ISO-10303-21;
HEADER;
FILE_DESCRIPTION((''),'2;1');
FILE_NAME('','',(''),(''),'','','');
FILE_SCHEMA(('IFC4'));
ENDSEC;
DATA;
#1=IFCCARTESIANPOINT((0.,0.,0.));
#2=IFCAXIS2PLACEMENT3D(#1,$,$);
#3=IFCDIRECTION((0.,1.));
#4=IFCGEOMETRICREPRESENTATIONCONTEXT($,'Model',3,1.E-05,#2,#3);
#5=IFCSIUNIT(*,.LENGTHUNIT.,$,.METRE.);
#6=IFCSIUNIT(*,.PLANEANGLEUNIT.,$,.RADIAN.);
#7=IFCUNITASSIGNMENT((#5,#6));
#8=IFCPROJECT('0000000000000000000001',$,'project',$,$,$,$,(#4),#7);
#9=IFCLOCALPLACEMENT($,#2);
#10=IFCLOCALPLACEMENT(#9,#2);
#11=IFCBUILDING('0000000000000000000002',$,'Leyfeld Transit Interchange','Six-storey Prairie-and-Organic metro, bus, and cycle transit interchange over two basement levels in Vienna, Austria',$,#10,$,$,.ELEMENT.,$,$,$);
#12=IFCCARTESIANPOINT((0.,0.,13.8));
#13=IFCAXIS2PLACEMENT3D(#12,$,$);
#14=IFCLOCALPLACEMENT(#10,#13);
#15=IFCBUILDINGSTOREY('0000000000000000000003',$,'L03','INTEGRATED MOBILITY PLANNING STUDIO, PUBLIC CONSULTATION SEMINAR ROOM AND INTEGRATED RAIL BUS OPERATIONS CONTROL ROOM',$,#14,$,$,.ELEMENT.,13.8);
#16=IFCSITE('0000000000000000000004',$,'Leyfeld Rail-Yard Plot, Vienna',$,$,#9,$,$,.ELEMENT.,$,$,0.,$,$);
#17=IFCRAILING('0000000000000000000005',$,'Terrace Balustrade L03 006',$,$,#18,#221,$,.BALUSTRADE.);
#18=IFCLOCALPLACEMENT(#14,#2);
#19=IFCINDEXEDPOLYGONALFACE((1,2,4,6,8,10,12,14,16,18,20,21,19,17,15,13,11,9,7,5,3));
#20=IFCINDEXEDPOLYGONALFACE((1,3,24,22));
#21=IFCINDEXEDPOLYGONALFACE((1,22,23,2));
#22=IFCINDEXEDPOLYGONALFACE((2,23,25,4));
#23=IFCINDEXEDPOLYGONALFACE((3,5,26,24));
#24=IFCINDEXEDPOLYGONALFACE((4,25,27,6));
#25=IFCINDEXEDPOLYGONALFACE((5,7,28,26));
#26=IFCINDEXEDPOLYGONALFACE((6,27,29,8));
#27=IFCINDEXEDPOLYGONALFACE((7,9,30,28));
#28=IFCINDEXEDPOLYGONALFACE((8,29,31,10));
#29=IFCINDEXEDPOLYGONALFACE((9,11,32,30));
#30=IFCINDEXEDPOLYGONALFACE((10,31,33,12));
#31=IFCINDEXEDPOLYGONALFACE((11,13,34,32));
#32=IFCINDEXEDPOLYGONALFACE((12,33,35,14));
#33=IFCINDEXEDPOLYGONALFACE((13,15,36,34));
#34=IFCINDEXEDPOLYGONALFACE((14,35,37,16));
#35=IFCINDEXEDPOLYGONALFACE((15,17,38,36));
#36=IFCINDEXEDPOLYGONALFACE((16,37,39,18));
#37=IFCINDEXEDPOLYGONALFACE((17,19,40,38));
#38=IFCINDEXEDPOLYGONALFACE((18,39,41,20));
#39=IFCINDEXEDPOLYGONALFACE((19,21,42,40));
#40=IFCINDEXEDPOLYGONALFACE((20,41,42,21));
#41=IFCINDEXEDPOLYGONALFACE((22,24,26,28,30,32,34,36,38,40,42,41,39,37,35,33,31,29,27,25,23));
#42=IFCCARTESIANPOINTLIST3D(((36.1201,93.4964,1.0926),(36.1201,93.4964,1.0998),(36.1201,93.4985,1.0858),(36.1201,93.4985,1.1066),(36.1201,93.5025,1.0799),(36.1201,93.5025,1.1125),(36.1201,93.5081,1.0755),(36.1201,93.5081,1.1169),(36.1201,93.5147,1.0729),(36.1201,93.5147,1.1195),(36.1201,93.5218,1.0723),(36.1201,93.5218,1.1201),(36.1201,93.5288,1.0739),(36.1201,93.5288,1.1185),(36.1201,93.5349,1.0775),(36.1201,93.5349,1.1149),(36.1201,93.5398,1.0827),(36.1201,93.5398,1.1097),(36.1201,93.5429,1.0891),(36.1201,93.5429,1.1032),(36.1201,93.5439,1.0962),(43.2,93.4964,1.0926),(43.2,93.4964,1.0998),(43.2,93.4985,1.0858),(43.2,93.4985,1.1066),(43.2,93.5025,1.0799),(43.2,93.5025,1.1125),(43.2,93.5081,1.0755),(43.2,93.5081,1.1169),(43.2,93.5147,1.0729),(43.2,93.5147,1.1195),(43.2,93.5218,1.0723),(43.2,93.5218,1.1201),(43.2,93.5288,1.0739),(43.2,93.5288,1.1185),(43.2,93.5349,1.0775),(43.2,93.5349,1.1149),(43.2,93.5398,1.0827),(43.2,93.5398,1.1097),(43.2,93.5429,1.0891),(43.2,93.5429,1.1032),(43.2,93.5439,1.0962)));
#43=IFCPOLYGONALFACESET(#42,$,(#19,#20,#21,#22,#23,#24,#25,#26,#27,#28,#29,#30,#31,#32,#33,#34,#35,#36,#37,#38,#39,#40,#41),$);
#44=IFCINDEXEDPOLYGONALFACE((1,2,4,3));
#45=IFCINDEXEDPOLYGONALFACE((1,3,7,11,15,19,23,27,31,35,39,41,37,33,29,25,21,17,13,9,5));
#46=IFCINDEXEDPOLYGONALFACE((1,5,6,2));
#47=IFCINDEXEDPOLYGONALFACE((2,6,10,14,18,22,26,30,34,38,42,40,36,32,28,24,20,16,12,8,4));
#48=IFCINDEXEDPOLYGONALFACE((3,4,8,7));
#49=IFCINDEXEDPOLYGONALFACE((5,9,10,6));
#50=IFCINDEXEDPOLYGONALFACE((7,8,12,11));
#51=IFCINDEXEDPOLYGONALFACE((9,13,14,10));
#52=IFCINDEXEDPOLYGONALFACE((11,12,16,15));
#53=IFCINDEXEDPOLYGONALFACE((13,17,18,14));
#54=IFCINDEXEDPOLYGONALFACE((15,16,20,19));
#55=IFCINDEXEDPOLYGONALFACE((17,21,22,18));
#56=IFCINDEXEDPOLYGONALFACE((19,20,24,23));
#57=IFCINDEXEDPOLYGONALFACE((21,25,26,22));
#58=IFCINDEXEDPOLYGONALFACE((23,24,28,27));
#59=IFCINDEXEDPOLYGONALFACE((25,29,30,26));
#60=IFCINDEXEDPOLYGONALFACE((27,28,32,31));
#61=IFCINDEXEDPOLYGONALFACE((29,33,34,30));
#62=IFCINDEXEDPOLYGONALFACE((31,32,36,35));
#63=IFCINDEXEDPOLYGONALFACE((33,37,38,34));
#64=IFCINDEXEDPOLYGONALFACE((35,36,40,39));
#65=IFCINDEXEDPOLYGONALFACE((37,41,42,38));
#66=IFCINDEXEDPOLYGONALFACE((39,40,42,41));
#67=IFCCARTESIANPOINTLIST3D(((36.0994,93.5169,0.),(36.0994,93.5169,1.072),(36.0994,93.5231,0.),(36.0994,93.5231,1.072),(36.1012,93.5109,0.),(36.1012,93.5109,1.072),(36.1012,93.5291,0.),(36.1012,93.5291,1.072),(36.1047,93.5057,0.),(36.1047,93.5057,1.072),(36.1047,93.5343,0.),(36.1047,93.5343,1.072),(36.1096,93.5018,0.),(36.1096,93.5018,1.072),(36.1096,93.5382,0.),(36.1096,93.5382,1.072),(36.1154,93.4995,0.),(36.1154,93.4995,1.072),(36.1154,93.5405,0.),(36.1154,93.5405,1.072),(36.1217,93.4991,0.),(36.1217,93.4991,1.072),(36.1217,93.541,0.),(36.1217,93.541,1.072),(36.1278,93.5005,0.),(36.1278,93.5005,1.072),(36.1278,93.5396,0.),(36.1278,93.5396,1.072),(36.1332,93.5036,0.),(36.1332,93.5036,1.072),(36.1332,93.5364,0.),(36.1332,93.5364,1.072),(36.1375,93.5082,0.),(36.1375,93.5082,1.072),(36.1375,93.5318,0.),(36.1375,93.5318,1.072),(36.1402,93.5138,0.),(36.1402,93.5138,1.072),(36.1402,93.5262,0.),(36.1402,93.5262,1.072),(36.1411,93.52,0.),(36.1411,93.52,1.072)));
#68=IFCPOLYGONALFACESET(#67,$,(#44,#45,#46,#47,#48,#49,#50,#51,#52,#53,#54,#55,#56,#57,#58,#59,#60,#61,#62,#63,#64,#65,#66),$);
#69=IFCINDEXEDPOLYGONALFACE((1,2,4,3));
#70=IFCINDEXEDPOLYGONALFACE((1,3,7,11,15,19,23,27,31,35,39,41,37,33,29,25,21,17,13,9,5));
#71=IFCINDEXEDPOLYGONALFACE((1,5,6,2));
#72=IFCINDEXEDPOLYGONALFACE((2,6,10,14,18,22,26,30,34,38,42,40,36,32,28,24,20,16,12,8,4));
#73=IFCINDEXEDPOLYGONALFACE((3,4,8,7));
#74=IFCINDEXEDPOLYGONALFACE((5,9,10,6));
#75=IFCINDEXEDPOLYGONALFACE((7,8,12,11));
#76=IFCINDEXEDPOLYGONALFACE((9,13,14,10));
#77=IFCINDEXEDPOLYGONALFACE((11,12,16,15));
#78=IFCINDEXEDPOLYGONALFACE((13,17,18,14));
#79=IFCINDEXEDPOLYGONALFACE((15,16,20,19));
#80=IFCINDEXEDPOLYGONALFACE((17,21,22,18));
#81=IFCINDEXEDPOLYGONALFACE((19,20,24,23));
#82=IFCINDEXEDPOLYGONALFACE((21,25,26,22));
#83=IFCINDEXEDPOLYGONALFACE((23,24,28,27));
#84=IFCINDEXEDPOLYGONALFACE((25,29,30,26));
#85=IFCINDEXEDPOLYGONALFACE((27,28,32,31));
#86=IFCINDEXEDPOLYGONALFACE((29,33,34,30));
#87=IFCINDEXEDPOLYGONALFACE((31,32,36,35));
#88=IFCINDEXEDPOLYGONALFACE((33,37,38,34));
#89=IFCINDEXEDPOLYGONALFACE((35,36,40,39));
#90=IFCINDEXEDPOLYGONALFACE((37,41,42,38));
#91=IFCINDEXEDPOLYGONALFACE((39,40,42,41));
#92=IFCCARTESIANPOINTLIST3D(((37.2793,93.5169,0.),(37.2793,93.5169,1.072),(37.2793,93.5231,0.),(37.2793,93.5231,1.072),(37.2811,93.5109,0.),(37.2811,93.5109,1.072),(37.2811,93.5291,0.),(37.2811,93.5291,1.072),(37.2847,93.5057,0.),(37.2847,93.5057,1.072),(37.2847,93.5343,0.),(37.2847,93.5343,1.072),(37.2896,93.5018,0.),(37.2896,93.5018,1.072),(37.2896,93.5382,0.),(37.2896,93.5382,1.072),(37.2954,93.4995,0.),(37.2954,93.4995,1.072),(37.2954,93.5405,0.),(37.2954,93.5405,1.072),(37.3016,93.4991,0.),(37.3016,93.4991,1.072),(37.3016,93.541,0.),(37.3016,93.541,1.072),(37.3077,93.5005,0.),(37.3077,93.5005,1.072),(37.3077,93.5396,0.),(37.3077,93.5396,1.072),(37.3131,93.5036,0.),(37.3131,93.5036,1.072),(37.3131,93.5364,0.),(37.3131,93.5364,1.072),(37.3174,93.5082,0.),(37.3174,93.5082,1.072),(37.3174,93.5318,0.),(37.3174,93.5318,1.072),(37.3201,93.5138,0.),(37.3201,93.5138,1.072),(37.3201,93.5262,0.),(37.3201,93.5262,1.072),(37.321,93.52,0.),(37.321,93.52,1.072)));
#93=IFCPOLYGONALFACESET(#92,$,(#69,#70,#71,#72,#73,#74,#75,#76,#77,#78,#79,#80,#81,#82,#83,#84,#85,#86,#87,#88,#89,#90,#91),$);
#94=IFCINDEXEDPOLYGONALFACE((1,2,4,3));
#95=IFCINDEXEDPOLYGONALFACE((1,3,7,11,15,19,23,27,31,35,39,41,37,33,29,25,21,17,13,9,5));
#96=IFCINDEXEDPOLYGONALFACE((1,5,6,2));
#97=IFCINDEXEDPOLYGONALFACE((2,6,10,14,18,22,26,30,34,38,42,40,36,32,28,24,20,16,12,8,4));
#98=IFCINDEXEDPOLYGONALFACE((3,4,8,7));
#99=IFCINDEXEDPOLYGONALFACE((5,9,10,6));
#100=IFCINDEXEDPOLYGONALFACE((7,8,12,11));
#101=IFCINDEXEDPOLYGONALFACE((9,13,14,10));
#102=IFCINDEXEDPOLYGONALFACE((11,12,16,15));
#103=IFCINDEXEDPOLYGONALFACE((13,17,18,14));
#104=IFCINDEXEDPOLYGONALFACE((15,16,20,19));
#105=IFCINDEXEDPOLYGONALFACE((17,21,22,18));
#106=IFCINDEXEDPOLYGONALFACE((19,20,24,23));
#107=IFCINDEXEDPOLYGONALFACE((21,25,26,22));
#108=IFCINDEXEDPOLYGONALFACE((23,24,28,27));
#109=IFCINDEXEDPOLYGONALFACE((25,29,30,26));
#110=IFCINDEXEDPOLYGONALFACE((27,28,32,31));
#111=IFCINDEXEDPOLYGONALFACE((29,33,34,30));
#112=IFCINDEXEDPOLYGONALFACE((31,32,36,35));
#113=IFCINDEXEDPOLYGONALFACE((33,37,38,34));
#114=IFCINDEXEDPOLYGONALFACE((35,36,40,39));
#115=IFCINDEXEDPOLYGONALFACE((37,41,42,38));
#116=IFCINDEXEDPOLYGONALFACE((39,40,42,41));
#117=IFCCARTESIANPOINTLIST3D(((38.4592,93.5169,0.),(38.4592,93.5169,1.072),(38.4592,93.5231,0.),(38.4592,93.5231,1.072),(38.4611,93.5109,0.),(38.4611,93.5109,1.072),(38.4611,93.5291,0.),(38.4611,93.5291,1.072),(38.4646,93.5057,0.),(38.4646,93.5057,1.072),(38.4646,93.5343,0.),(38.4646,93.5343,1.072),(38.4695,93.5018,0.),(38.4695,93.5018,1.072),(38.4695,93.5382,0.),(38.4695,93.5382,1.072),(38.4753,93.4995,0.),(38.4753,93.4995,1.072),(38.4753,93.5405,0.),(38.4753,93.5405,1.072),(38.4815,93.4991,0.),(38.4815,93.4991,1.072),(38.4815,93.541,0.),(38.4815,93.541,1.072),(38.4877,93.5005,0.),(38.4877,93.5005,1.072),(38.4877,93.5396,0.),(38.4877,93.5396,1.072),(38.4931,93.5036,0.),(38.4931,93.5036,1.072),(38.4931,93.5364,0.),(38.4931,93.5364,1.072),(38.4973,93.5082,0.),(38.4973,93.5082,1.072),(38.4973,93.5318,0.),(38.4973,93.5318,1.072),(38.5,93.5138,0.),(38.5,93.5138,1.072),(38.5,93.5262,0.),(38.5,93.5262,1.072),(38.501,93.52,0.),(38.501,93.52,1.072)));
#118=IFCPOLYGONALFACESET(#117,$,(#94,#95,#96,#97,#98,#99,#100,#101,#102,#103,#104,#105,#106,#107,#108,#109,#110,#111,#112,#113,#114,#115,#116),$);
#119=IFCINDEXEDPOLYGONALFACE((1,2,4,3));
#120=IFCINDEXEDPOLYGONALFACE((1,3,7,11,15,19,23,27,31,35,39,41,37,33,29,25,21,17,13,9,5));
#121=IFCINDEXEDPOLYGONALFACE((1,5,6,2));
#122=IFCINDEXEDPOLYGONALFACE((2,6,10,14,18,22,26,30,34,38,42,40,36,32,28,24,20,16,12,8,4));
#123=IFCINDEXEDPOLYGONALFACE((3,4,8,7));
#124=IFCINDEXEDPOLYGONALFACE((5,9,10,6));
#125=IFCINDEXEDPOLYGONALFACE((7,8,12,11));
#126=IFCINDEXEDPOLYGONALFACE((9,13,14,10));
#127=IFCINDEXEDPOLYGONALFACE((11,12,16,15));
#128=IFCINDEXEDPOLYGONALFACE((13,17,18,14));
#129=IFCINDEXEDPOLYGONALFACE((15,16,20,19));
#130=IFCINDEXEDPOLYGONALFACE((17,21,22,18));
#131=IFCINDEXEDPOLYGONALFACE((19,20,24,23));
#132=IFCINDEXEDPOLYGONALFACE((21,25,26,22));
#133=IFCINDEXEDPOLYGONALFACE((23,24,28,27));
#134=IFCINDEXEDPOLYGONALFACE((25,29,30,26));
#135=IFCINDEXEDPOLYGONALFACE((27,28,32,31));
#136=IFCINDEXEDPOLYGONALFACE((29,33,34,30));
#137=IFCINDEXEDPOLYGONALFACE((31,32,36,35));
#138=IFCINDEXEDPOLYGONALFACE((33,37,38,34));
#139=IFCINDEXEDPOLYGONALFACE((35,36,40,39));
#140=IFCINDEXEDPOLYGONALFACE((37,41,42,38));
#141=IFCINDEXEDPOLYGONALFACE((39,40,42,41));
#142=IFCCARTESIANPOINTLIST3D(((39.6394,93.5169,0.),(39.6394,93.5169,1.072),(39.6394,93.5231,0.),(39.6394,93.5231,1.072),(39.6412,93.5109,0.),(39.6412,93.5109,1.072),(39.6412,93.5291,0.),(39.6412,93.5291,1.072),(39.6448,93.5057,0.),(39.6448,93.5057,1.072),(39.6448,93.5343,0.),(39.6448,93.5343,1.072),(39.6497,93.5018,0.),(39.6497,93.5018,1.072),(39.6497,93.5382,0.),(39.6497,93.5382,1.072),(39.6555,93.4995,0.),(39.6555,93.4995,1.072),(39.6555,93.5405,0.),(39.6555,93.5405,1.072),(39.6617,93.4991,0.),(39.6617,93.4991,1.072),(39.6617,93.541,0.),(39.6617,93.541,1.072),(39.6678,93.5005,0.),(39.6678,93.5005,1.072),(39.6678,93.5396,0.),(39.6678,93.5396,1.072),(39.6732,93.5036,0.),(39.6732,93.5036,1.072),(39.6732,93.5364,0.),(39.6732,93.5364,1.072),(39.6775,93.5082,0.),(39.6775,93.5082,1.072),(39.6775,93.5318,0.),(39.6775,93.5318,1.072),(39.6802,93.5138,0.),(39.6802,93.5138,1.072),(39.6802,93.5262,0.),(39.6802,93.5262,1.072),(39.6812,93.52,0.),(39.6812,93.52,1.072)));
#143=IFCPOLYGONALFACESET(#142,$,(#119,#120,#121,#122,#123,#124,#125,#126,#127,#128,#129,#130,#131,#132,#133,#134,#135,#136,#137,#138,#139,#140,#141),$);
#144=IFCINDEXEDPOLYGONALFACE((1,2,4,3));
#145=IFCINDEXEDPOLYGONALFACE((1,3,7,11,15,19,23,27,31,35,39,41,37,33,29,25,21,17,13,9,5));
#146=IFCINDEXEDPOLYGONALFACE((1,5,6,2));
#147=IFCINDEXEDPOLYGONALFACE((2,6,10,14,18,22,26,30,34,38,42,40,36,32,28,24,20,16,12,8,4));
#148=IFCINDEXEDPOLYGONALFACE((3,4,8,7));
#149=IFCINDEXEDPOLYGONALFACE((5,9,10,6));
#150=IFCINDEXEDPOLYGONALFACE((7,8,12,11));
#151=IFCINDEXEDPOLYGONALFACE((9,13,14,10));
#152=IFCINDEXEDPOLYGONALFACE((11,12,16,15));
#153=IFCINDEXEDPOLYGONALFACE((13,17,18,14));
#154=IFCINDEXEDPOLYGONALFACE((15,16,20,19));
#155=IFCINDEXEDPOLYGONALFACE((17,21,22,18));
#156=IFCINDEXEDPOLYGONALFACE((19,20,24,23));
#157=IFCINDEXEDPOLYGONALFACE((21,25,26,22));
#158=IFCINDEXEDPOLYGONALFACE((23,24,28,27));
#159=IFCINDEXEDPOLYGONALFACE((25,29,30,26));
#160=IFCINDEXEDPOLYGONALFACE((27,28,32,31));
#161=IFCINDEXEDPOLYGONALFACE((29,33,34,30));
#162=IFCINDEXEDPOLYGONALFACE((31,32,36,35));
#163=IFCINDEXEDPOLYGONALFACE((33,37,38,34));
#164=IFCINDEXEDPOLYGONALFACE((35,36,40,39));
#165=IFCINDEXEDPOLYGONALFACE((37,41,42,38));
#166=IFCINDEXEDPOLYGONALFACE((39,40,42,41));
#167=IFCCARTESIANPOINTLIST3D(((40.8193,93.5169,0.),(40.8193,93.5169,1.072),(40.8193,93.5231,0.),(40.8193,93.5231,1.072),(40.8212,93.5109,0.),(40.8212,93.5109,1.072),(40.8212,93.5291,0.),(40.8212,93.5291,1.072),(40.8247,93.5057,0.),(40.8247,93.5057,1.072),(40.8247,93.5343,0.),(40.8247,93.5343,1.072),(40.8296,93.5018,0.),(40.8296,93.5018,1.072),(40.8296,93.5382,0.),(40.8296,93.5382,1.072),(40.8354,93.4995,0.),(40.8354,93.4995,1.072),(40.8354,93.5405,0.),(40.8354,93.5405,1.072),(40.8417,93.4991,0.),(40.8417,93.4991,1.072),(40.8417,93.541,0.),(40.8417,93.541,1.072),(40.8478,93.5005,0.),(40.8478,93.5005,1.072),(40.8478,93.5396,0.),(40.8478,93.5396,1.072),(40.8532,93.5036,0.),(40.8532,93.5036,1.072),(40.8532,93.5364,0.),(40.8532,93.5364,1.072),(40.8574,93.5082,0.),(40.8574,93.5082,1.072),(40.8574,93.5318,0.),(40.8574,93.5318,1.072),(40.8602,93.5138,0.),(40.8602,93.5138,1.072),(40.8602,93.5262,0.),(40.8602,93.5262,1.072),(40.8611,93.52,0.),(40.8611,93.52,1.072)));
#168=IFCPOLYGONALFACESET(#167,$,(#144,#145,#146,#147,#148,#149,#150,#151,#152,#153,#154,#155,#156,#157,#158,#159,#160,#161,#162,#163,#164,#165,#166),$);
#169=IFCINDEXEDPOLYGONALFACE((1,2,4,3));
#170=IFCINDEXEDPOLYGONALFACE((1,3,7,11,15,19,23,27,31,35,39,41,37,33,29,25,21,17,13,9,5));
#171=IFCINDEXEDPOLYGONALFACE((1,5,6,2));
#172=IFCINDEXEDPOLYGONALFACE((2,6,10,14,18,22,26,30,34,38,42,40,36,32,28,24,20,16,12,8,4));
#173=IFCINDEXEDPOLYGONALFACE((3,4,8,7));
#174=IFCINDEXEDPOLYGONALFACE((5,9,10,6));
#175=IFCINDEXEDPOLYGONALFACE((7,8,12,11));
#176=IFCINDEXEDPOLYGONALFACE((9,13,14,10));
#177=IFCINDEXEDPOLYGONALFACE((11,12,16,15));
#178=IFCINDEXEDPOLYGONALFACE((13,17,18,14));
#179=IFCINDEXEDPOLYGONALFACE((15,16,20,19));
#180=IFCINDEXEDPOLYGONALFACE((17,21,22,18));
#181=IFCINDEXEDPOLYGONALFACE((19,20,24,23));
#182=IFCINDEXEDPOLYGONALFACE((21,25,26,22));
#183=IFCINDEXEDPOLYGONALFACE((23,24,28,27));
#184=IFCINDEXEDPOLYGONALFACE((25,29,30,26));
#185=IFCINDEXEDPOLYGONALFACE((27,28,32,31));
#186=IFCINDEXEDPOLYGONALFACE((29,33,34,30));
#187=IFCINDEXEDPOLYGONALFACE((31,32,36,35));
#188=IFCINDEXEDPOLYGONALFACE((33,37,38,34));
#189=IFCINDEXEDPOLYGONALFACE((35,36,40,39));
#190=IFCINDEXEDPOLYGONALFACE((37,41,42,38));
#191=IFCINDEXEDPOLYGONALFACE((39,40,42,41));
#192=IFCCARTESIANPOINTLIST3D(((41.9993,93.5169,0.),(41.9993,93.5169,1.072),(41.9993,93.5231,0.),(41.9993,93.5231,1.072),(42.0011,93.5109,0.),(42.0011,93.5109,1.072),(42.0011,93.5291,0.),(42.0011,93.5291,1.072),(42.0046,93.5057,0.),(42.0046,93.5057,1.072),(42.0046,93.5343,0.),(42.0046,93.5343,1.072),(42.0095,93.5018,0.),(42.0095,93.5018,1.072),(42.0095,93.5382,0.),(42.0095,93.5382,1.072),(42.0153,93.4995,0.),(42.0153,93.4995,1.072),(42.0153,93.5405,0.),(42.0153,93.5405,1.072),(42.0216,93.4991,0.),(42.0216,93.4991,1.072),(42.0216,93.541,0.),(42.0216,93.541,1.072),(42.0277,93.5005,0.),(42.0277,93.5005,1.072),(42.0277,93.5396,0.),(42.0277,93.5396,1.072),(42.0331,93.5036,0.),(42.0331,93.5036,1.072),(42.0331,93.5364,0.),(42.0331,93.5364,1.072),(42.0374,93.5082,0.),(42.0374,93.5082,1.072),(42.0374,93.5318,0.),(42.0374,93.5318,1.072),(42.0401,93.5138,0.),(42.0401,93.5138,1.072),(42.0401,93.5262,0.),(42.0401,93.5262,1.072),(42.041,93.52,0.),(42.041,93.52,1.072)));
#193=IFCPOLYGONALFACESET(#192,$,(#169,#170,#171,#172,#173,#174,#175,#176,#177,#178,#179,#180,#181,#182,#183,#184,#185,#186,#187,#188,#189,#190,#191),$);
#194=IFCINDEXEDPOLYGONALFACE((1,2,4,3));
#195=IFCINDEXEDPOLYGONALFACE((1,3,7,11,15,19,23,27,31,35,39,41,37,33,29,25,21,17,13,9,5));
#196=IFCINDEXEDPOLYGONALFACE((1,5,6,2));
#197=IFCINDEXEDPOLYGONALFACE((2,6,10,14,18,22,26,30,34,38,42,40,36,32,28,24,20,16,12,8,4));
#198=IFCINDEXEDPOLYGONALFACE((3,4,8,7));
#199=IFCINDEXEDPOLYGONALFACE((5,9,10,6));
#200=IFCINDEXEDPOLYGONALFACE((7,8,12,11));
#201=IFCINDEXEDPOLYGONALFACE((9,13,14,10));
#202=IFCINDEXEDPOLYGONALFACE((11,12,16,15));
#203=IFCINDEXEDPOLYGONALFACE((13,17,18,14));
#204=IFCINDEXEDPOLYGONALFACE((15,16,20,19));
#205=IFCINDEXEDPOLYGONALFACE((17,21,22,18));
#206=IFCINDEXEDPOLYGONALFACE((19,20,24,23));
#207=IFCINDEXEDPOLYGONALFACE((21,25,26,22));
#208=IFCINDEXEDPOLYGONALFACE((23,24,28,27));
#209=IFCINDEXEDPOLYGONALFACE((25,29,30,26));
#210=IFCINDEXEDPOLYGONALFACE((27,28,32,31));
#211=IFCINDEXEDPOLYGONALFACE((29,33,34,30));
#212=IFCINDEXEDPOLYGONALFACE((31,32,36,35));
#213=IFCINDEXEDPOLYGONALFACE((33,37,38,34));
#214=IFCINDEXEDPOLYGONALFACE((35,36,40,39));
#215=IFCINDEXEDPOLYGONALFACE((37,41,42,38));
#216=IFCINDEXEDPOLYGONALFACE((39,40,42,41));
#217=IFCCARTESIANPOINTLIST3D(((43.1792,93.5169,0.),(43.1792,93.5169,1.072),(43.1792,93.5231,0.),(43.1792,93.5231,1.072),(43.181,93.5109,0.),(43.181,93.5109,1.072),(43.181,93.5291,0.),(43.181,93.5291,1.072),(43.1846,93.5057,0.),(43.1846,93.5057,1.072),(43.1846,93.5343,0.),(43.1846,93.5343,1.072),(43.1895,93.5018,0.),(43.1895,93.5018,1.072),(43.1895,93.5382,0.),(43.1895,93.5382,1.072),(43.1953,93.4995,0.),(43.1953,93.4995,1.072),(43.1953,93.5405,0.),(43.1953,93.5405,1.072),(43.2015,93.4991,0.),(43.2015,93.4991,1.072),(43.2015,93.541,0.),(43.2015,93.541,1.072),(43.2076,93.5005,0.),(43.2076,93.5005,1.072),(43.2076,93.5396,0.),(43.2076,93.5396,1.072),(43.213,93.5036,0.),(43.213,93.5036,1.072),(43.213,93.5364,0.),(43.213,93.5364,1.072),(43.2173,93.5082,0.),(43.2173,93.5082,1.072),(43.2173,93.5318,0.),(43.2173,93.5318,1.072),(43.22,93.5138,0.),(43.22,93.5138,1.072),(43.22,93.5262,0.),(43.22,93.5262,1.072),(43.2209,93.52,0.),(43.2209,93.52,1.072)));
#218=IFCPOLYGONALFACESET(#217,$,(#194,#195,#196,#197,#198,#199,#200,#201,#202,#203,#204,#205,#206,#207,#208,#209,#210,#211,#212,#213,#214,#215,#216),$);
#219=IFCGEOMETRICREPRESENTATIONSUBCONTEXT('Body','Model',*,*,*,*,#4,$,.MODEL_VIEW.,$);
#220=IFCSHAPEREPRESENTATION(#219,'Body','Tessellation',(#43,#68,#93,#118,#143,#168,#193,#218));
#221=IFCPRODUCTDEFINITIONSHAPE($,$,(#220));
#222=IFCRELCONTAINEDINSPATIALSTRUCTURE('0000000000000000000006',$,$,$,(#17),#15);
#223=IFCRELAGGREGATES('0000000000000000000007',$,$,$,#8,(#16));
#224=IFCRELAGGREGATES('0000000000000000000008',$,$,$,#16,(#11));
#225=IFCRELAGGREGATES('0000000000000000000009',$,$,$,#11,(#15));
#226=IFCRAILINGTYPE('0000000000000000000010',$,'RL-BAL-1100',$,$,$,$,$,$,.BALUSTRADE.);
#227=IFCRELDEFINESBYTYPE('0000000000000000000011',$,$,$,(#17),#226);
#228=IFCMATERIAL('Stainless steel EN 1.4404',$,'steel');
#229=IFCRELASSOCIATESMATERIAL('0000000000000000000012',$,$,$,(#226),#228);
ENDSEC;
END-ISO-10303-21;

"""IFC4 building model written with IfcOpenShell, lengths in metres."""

from ifc_helpers import new_model, si_unit, direction, frame, origin, origin_2d, place, context, subcontext, project, spatial, circle, extrude, material, type_object, element, save


model = new_model("IFC4")

# Units and contexts
model_context = context("Model", 3, precision=1e-05, world=origin(), true_north=direction((0.0, 1.0)))
body_context = subcontext(model_context, "Body", "Model", "MODEL_VIEW")
ifc_project = project(units=[si_unit("LENGTHUNIT", "METRE"), si_unit("PLANEANGLEUNIT", "RADIAN")], contexts=[model_context])

# Site, building, storey
site_placement = place(None, origin())
site = spatial("IfcSite", under=ifc_project, at=site_placement, Name="Leyfeld Rail-Yard Plot, Vienna", CompositionType="ELEMENT", RefElevation=0.0)
building_placement = place(site_placement, origin())
building = spatial("IfcBuilding", under=site, at=building_placement, Name="Leyfeld Transit Interchange", Description="Six-storey Prairie-and-Organic metro, bus, and cycle transit interchange over two basement levels in Vienna, Austria", CompositionType="ELEMENT")
storey_placement = place(building_placement, frame((0.0, 0.0, 13.8)))
storey = spatial("IfcBuildingStorey", under=building, at=storey_placement, Name="L03", Description="INTEGRATED MOBILITY PLANNING STUDIO, PUBLIC CONSULTATION SEMINAR ROOM AND INTEGRATED RAIL BUS OPERATIONS CONTROL ROOM", CompositionType="ELEMENT", Elevation=13.8)

# Railing
ifc_material_1 = material(Name="Stainless steel EN 1.4404", Category="steel")
railing_type = type_object("IfcRailingType", Name="RL-BAL-1100", PredefinedType="BALUSTRADE", material=ifc_material_1)
railing_1_placement = place(storey_placement, frame((36.1201, 93.52, 0.0)))
element("IfcRailing", 1, at=railing_1_placement, inside=storey, type_object=railing_type, Name="Terrace Balustrade L03 006", PredefinedType="BALUSTRADE", context=body_context, shape_type="SweptSolid", body=[
    extrude(circle(Radius=0.0239, at=origin_2d()), frame((0.0, 0.0, 1.0962), z_axis=(1.0, 0.0, 0.0), x_axis=(0.0, 1.0, 0.0)), (0.0, 0.0, 1.0), 7.0798),
    extrude(circle(Radius=0.021, at=origin_2d()), origin(), (0.0, 0.0, 1.0), 1.072),
    extrude(circle(Radius=0.021, at=origin_2d()), frame((1.1799, 0.0, 0.0)), (0.0, 0.0, 1.0), 1.072),
    extrude(circle(Radius=0.021, at=origin_2d()), frame((2.3599, 0.0, 0.0)), (0.0, 0.0, 1.0), 1.072),
    extrude(circle(Radius=0.021, at=origin_2d()), frame((3.54, 0.0, 0.0)), (0.0, 0.0, 1.0), 1.072),
    extrude(circle(Radius=0.021, at=origin_2d()), frame((4.72, 0.0, 0.0)), (0.0, 0.0, 1.0), 1.072),
    extrude(circle(Radius=0.021, at=origin_2d()), frame((5.8999, 0.0, 0.0)), (0.0, 0.0, 1.0), 1.072),
    extrude(circle(Radius=0.021, at=origin_2d()), frame((7.0798, 0.0, 0.0)), (0.0, 0.0, 1.0), 1.072),
])

save(model, "model.ifc")
